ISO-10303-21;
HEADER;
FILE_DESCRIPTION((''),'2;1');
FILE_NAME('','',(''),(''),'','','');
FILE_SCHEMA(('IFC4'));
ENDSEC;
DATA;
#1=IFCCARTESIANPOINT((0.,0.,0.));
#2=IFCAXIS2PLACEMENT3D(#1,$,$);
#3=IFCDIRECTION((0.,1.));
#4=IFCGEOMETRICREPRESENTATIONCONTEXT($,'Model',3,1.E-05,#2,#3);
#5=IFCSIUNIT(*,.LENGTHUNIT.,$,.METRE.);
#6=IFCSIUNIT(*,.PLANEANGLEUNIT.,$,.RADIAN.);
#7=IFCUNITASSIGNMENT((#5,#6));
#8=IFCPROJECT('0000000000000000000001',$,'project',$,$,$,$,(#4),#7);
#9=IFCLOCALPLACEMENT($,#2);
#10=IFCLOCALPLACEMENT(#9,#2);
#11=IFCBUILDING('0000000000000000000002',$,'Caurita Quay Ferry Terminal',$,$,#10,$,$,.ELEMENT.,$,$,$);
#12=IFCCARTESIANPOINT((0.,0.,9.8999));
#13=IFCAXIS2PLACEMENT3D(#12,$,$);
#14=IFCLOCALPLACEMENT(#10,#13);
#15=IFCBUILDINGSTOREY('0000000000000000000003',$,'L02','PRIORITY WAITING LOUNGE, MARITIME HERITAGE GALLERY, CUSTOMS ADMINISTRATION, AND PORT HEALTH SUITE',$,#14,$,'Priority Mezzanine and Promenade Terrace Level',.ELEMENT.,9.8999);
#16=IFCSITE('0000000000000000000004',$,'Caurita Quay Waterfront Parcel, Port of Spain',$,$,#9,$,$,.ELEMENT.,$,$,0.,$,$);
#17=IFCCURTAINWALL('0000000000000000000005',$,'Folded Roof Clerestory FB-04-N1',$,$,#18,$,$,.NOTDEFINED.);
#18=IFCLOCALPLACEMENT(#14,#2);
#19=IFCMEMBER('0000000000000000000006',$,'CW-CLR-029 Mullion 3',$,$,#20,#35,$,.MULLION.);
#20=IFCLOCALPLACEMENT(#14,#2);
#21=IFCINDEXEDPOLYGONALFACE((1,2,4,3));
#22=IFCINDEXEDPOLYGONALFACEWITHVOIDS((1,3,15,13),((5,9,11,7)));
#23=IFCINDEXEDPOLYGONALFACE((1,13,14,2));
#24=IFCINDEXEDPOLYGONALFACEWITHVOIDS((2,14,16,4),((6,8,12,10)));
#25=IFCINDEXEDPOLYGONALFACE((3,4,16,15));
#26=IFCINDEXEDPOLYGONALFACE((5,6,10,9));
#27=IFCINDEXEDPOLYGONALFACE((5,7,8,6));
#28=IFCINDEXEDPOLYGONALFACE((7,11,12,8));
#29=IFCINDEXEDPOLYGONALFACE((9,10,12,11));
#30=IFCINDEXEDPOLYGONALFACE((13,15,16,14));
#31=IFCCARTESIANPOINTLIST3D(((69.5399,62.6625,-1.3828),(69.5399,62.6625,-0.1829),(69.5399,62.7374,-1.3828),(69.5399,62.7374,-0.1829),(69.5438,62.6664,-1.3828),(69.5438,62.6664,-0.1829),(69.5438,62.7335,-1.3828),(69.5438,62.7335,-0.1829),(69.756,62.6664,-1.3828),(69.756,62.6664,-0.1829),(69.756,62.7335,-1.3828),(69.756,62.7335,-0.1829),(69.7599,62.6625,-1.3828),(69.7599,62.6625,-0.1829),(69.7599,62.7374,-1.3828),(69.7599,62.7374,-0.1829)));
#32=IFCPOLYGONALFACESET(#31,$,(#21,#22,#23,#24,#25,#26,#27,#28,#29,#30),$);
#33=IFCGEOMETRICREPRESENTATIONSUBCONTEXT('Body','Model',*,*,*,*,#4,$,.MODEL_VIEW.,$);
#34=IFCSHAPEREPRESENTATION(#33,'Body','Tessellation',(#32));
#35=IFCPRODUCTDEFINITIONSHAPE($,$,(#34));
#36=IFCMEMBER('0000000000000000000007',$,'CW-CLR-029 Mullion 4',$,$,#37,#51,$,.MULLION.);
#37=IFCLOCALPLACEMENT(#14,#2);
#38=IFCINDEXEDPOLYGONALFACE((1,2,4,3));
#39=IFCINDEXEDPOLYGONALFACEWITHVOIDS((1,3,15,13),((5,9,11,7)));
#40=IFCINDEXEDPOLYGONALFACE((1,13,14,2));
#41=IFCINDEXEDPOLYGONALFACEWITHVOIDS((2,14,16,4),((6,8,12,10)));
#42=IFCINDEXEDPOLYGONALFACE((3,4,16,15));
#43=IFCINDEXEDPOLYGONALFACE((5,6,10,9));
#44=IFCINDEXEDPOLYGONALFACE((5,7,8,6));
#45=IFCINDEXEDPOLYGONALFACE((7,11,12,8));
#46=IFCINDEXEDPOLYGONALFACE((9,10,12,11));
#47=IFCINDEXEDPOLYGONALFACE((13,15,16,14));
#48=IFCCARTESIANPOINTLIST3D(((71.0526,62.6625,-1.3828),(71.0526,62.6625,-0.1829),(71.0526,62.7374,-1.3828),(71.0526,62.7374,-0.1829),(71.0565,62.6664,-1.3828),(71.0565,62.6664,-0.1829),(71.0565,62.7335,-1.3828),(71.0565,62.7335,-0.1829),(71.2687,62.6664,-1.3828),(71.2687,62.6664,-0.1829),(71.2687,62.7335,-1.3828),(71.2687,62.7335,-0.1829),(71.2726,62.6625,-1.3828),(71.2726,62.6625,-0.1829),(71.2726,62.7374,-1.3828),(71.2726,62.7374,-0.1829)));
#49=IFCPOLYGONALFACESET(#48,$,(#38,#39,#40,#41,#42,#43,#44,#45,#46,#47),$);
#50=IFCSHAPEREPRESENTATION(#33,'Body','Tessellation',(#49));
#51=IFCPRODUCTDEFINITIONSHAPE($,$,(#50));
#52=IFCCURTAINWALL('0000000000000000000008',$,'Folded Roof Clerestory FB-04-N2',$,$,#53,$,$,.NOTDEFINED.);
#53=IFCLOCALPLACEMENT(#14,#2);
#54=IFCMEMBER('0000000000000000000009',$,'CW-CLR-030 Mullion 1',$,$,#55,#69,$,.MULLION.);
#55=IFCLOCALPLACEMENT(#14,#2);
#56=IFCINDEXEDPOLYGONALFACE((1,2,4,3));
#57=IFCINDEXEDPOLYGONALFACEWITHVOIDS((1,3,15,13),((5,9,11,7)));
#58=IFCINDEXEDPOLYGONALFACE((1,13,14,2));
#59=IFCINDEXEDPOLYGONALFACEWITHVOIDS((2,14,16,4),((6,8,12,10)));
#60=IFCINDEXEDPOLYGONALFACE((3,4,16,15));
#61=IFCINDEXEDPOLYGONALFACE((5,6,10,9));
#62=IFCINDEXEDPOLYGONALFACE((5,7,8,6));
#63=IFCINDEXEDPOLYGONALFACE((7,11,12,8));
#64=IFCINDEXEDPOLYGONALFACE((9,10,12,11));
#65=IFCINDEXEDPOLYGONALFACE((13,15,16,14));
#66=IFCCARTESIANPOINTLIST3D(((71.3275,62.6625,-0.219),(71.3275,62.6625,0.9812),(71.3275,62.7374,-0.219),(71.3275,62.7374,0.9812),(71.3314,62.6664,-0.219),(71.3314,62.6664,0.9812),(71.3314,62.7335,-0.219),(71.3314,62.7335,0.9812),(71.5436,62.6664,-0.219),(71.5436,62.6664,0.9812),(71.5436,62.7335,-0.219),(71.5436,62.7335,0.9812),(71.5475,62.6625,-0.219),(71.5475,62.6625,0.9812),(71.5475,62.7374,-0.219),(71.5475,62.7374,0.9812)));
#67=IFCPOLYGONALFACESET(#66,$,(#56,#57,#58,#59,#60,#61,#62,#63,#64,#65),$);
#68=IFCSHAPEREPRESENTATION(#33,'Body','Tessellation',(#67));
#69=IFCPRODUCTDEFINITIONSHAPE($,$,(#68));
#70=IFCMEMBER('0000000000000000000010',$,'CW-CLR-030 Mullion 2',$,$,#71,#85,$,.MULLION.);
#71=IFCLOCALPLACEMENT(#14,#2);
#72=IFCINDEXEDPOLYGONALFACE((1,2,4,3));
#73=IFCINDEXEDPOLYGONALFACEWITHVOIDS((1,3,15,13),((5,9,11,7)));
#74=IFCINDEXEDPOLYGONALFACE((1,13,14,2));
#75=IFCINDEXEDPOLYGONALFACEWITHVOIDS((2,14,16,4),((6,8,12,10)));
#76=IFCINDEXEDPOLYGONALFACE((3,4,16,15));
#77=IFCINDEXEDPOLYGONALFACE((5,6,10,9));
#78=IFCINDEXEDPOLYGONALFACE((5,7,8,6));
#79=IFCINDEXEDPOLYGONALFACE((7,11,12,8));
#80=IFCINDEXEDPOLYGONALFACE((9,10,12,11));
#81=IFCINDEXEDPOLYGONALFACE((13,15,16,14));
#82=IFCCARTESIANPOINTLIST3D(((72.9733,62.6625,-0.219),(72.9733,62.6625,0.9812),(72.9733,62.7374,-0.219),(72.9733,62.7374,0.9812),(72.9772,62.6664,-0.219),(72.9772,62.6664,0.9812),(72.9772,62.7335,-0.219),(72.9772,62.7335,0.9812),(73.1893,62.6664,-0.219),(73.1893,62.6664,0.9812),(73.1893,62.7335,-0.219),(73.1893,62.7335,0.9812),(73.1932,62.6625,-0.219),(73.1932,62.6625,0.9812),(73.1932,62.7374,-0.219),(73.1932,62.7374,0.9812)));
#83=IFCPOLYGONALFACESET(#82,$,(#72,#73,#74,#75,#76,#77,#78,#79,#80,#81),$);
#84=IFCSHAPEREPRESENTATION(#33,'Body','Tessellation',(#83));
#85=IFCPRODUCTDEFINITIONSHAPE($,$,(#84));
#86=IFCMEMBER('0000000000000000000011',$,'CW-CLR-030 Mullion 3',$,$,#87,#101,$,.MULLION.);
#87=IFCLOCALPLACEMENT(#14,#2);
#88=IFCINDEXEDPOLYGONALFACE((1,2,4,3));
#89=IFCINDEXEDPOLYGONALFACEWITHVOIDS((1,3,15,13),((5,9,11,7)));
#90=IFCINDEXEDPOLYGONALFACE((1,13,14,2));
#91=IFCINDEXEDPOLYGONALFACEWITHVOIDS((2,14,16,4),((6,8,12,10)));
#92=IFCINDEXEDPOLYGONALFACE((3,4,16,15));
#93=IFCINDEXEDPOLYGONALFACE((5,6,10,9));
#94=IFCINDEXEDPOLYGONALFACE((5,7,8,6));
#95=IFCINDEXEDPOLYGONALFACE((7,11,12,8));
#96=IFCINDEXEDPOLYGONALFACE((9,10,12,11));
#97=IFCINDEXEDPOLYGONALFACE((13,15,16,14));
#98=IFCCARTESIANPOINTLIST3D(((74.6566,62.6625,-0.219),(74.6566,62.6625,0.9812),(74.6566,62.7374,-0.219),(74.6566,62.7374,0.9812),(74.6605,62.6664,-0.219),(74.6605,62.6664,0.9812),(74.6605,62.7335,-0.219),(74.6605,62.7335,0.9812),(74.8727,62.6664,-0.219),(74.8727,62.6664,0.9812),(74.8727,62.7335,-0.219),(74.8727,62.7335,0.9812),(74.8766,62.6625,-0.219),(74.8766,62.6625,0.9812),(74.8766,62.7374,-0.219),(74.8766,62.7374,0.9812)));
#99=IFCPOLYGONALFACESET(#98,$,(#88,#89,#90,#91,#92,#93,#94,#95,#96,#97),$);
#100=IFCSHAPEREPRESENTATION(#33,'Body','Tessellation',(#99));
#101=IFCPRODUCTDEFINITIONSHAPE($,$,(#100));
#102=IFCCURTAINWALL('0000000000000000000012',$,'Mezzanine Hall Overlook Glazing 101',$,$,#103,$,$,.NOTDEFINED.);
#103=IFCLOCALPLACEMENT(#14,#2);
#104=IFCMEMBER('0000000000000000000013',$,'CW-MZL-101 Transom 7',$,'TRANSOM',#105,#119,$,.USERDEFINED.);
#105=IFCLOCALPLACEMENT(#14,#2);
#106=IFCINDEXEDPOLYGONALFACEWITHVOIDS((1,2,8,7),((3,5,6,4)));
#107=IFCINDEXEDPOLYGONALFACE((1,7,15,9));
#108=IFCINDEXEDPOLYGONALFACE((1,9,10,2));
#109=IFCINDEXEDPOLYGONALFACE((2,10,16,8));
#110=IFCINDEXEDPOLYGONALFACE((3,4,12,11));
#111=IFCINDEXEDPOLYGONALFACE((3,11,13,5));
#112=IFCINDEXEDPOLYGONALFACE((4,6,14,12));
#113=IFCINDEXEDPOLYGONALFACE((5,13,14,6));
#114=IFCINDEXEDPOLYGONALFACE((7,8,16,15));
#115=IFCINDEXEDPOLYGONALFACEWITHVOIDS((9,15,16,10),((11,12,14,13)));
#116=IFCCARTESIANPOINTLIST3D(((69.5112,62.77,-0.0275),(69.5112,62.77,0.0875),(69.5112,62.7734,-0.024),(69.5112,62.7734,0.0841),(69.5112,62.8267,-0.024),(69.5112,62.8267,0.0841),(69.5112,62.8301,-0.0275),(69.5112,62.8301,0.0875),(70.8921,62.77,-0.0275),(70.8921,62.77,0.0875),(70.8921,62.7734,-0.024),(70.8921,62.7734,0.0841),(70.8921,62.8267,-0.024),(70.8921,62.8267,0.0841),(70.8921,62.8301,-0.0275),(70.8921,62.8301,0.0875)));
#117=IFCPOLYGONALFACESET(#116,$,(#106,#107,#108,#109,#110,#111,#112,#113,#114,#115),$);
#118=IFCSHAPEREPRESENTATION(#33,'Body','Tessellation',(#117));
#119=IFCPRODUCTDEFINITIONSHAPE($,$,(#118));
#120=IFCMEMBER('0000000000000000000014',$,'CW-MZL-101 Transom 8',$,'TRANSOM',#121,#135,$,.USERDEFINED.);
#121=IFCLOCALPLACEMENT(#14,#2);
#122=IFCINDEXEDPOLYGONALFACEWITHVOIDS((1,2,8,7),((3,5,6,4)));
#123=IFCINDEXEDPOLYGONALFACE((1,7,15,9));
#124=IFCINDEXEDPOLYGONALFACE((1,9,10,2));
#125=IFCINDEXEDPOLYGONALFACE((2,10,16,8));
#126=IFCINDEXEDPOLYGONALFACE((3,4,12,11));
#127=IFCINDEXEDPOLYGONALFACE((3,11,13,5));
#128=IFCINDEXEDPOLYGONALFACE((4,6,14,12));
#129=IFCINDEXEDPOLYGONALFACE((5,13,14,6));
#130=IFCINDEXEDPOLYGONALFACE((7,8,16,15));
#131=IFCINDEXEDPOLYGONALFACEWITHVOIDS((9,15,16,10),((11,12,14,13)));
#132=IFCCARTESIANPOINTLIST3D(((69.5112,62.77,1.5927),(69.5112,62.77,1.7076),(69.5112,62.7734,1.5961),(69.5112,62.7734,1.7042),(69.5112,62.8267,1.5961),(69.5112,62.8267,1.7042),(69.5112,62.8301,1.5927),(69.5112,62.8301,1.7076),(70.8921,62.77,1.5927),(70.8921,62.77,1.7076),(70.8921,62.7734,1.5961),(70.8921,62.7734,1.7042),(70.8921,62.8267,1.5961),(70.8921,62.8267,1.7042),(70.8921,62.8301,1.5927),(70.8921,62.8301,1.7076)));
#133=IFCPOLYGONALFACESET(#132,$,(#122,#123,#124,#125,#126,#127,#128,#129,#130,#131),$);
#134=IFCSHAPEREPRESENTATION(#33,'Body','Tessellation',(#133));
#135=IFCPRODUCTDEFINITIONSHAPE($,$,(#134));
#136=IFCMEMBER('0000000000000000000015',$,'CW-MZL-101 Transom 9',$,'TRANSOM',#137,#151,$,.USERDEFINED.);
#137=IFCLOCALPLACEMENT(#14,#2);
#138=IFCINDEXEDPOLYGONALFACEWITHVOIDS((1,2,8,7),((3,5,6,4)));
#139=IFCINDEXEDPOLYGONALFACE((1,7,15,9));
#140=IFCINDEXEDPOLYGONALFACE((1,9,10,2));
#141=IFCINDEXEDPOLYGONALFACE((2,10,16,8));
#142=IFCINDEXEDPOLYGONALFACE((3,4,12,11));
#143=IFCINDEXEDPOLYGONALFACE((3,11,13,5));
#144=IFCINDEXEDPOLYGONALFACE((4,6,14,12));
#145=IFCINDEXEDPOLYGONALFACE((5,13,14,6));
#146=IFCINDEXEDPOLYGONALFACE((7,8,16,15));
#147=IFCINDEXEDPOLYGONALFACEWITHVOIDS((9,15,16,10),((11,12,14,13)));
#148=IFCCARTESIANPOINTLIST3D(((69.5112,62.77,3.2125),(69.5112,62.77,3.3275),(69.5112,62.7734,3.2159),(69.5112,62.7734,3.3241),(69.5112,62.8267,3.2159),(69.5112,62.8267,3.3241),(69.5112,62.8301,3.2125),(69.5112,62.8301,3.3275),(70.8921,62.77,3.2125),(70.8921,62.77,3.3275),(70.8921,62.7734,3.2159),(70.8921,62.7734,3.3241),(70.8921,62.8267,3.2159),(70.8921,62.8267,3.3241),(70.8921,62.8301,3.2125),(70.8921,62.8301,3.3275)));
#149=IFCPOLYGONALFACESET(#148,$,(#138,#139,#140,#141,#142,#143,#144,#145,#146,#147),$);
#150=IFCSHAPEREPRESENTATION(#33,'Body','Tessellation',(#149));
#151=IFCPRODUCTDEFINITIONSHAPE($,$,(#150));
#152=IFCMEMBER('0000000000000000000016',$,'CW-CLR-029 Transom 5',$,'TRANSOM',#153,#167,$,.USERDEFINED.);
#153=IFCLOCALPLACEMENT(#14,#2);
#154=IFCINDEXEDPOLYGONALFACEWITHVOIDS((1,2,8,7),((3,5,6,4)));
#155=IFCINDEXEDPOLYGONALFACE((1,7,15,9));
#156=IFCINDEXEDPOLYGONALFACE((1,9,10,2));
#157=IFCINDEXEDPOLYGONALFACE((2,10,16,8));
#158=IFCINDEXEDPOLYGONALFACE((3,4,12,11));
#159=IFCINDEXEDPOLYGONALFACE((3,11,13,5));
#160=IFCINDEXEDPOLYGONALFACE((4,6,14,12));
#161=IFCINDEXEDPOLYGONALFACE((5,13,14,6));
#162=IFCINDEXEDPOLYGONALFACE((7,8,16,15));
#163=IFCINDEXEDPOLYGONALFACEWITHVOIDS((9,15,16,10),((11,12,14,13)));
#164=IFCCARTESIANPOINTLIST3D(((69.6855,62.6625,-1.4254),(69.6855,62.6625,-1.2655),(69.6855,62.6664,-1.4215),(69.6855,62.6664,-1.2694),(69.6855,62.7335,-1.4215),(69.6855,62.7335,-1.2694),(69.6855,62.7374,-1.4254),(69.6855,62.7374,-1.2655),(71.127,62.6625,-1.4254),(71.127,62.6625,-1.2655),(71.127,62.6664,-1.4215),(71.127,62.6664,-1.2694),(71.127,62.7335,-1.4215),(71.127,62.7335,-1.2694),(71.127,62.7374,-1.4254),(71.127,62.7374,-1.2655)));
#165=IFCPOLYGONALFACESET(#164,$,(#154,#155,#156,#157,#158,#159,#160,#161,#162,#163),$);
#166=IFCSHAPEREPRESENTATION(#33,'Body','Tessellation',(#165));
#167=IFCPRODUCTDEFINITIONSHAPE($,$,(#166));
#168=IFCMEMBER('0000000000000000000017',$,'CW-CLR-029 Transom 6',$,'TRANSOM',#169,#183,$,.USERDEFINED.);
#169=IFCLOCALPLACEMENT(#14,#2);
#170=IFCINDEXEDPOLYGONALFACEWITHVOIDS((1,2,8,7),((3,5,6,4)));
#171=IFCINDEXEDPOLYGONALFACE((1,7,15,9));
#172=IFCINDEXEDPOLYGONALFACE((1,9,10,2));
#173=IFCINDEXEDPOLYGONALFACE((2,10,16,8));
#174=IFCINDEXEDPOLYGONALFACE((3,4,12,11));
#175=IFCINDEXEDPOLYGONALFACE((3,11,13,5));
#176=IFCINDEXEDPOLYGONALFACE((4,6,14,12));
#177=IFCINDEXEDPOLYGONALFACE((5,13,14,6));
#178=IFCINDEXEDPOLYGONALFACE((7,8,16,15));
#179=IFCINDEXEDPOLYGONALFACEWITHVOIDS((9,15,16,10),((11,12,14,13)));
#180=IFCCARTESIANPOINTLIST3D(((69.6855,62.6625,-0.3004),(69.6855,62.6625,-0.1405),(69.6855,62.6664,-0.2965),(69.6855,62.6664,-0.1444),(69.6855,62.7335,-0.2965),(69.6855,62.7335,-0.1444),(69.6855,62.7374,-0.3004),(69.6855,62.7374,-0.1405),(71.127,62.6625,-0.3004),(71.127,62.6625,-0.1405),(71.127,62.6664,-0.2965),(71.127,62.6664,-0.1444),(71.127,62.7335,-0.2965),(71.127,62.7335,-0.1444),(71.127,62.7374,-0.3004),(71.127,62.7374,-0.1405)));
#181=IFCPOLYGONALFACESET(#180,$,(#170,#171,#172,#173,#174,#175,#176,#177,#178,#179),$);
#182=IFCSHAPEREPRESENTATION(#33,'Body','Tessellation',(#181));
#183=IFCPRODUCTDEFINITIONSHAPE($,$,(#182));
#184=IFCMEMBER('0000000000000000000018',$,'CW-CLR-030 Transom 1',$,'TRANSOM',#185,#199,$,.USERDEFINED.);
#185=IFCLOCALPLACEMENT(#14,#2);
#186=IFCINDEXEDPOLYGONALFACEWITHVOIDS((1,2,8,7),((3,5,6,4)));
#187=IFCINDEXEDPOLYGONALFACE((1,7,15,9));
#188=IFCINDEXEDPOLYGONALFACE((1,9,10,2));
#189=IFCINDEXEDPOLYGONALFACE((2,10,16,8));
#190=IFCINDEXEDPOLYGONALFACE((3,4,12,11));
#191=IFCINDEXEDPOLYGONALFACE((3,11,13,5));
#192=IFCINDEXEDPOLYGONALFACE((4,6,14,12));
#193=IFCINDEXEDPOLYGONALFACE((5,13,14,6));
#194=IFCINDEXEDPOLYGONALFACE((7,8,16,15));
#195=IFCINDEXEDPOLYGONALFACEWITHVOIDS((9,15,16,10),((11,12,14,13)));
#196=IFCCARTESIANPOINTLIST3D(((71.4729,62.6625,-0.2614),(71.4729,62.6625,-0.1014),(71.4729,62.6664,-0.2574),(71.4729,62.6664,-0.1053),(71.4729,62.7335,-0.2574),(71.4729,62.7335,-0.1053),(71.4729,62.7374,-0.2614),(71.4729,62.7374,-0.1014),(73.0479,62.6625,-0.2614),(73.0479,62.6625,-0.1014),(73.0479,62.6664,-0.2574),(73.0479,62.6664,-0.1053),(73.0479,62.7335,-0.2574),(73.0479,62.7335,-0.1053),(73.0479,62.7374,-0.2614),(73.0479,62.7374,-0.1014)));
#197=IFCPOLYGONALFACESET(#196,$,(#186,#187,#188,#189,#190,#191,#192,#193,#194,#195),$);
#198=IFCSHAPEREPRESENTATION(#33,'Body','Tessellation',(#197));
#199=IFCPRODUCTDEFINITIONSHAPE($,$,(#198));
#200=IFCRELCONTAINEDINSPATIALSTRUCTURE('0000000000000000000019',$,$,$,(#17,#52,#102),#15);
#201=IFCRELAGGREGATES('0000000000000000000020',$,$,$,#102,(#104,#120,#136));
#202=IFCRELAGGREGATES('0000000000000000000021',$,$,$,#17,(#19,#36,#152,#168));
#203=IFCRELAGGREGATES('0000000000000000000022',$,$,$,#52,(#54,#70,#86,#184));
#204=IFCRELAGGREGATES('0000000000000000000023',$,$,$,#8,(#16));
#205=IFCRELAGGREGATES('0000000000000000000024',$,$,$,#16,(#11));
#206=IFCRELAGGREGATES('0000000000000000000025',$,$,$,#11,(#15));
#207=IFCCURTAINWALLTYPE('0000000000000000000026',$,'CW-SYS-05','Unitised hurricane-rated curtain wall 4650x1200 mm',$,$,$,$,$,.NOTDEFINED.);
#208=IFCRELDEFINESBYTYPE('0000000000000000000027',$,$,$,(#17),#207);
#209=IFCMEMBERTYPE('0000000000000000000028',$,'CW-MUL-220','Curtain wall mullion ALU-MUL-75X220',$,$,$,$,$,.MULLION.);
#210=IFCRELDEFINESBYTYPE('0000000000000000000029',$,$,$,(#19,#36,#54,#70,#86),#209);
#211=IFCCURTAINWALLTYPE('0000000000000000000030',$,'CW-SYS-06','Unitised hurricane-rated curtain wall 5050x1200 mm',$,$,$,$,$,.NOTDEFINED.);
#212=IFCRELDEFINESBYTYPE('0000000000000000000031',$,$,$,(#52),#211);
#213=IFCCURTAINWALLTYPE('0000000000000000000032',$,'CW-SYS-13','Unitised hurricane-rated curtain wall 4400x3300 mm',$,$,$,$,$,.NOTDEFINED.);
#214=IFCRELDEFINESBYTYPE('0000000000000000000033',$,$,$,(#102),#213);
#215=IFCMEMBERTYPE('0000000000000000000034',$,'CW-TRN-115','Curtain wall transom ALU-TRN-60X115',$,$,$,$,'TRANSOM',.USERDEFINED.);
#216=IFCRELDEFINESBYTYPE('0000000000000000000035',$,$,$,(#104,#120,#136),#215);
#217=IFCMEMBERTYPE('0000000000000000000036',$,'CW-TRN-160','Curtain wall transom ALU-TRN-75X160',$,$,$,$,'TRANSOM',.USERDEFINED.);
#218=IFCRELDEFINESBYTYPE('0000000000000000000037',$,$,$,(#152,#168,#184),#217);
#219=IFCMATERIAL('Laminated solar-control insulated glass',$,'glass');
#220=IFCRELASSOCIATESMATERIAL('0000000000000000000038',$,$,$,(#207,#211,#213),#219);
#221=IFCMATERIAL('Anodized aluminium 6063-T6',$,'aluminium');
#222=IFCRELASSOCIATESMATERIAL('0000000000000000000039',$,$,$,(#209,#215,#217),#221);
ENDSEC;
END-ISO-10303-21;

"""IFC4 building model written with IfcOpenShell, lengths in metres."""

from ifc_helpers import new_model, si_unit, direction, frame, origin, origin_2d, place, context, subcontext, project, spatial, hollow_rectangle, extrude, material, material_profile, profile_set, type_object, element, aggregate, save


model = new_model("IFC4")

# Units and contexts
model_context = context("Model", 3, precision=1e-05, world=origin(), true_north=direction((0.0, 1.0)))
body_context = subcontext(model_context, "Body", "Model", "MODEL_VIEW")
ifc_project = project(units=[si_unit("LENGTHUNIT", "METRE"), si_unit("PLANEANGLEUNIT", "RADIAN")], contexts=[model_context])

# Site, building, storey
site_placement = place(None, origin())
site = spatial("IfcSite", under=ifc_project, at=site_placement, Name="Caurita Quay Waterfront Parcel, Port of Spain", CompositionType="ELEMENT", RefElevation=0.0)
building_placement = place(site_placement, origin())
building = spatial("IfcBuilding", under=site, at=building_placement, Name="Caurita Quay Ferry Terminal", CompositionType="ELEMENT")
storey_placement = place(building_placement, frame((0.0, 0.0, 9.8999)))
storey = spatial("IfcBuildingStorey", under=building, at=storey_placement, Name="L02", Description="PRIORITY WAITING LOUNGE, MARITIME HERITAGE GALLERY, CUSTOMS ADMINISTRATION, AND PORT HEALTH SUITE", LongName="Priority Mezzanine and Promenade Terrace Level", CompositionType="ELEMENT", Elevation=9.8999)

# Curtain walls, members
ifc_material_1 = material(Name="Laminated solar-control insulated glass", Category="glass")
curtain_wall_type_1 = type_object("IfcCurtainWallType", Name="CW-SYS-05", Description="Unitised hurricane-rated curtain wall 4650x1200 mm", PredefinedType="NOTDEFINED", material=ifc_material_1)
curtain_wall_1_placement = place(storey_placement, origin())
curtain_wall_1 = element("IfcCurtainWall", 1, at=curtain_wall_1_placement, inside=storey, type_object=curtain_wall_type_1, Name="Folded Roof Clerestory FB-04-N1", PredefinedType="NOTDEFINED")
ifc_material_2 = material(Name="Anodized aluminium 6063-T6", Category="aluminium")
ifc_material_profile_1 = material_profile(ifc_material_2, hollow_rectangle(XDim=0.075, YDim=0.22, WallThickness=0.0039, at=origin_2d()), Name="ALU-MUL-75X220")
ifc_profile_set_1 = profile_set([ifc_material_profile_1], Name="Anodized aluminium 6063-T6")
member_type_1 = type_object("IfcMemberType", Name="CW-MUL-220", Description="Curtain wall mullion ALU-MUL-75X220", PredefinedType="MULLION", material=ifc_profile_set_1)
member_1_placement = place(storey_placement, frame((69.6499, 62.7, -1.3828), z_axis=(0.0, 0.0, 1.0), x_axis=(0.0, 1.0, 0.0)))
member_1 = element("IfcMember", 2, at=member_1_placement, type_object=member_type_1, Name="CW-CLR-029 Mullion 3", PredefinedType="MULLION", context=body_context, shape_type="SweptSolid", body=[
    extrude(hollow_rectangle(XDim=0.075, YDim=0.22, WallThickness=0.0039, at=origin_2d()), origin(), (0.0, 0.0, 1.0), 1.2),
])
member_2_placement = place(storey_placement, frame((71.1626, 62.7, -1.3828), z_axis=(0.0, 0.0, 1.0), x_axis=(0.0, 1.0, 0.0)))
member_2 = element("IfcMember", 3, at=member_2_placement, type_object=member_type_1, Name="CW-CLR-029 Mullion 4", PredefinedType="MULLION", context=body_context, shape_type="SweptSolid", body=[
    extrude(hollow_rectangle(XDim=0.075, YDim=0.22, WallThickness=0.0039, at=origin_2d()), origin(), (0.0, 0.0, 1.0), 1.2),
])
curtain_wall_type_2 = type_object("IfcCurtainWallType", Name="CW-SYS-06", Description="Unitised hurricane-rated curtain wall 5050x1200 mm", PredefinedType="NOTDEFINED", material=ifc_material_1)
curtain_wall_2_placement = place(storey_placement, origin())
curtain_wall_2 = element("IfcCurtainWall", 4, at=curtain_wall_2_placement, inside=storey, type_object=curtain_wall_type_2, Name="Folded Roof Clerestory FB-04-N2", PredefinedType="NOTDEFINED")
member_3_placement = place(storey_placement, frame((71.4375, 62.7, -0.219), z_axis=(0.0, 0.0, 1.0), x_axis=(0.0, 1.0, 0.0)))
member_3 = element("IfcMember", 5, at=member_3_placement, type_object=member_type_1, Name="CW-CLR-030 Mullion 1", PredefinedType="MULLION", context=body_context, shape_type="SweptSolid", body=[
    extrude(hollow_rectangle(XDim=0.075, YDim=0.22, WallThickness=0.0039, at=origin_2d()), origin(), (0.0, 0.0, 1.0), 1.2002),
])
member_4_placement = place(storey_placement, frame((73.0833, 62.7, -0.219), z_axis=(0.0, 0.0, 1.0), x_axis=(0.0, 1.0, 0.0)))
member_4 = element("IfcMember", 6, at=member_4_placement, type_object=member_type_1, Name="CW-CLR-030 Mullion 2", PredefinedType="MULLION", context=body_context, shape_type="SweptSolid", body=[
    extrude(hollow_rectangle(XDim=0.075, YDim=0.22, WallThickness=0.0039, at=origin_2d()), origin(), (0.0, 0.0, 1.0), 1.2002),
])
member_5_placement = place(storey_placement, frame((74.7666, 62.7, -0.219), z_axis=(0.0, 0.0, 1.0), x_axis=(0.0, 1.0, 0.0)))
member_5 = element("IfcMember", 7, at=member_5_placement, type_object=member_type_1, Name="CW-CLR-030 Mullion 3", PredefinedType="MULLION", context=body_context, shape_type="SweptSolid", body=[
    extrude(hollow_rectangle(XDim=0.075, YDim=0.22, WallThickness=0.0039, at=origin_2d()), origin(), (0.0, 0.0, 1.0), 1.2002),
])
curtain_wall_type_3 = type_object("IfcCurtainWallType", Name="CW-SYS-13", Description="Unitised hurricane-rated curtain wall 4400x3300 mm", PredefinedType="NOTDEFINED", material=ifc_material_1)
curtain_wall_3_placement = place(storey_placement, origin())
curtain_wall_3 = element("IfcCurtainWall", 8, at=curtain_wall_3_placement, inside=storey, type_object=curtain_wall_type_3, Name="Mezzanine Hall Overlook Glazing 101", PredefinedType="NOTDEFINED")
ifc_material_profile_2 = material_profile(ifc_material_2, hollow_rectangle(XDim=0.0601, YDim=0.115, WallThickness=0.0034, at=origin_2d()), Name="ALU-TRN-60X115")
ifc_profile_set_2 = profile_set([ifc_material_profile_2], Name="Anodized aluminium 6063-T6")
member_type_2 = type_object("IfcMemberType", Name="CW-TRN-115", Description="Curtain wall transom ALU-TRN-60X115", ElementType="TRANSOM", PredefinedType="USERDEFINED", material=ifc_profile_set_2)
member_6_placement = place(storey_placement, frame((69.5112, 62.8, 0.03), z_axis=(1.0, 0.0, 0.0), x_axis=(0.0, 1.0, 0.0)))
member_6 = element("IfcMember", 9, at=member_6_placement, type_object=member_type_2, Name="CW-MZL-101 Transom 7", ObjectType="TRANSOM", PredefinedType="USERDEFINED", context=body_context, shape_type="SweptSolid", body=[
    extrude(hollow_rectangle(XDim=0.0601, YDim=0.115, WallThickness=0.0034, at=origin_2d()), origin(), (0.0, 0.0, 1.0), 1.3809),
])
member_7_placement = place(storey_placement, frame((69.5112, 62.8, 1.6501), z_axis=(1.0, 0.0, 0.0), x_axis=(0.0, 1.0, 0.0)))
member_7 = element("IfcMember", 10, at=member_7_placement, type_object=member_type_2, Name="CW-MZL-101 Transom 8", ObjectType="TRANSOM", PredefinedType="USERDEFINED", context=body_context, shape_type="SweptSolid", body=[
    extrude(hollow_rectangle(XDim=0.0601, YDim=0.115, WallThickness=0.0034, at=origin_2d()), origin(), (0.0, 0.0, 1.0), 1.3809),
])
member_8_placement = place(storey_placement, frame((69.5112, 62.8, 3.27), z_axis=(1.0, 0.0, 0.0), x_axis=(0.0, 1.0, 0.0)))
member_8 = element("IfcMember", 11, at=member_8_placement, type_object=member_type_2, Name="CW-MZL-101 Transom 9", ObjectType="TRANSOM", PredefinedType="USERDEFINED", context=body_context, shape_type="SweptSolid", body=[
    extrude(hollow_rectangle(XDim=0.0601, YDim=0.115, WallThickness=0.0034, at=origin_2d()), origin(), (0.0, 0.0, 1.0), 1.3809),
])

# Members
ifc_material_profile_3 = material_profile(ifc_material_2, hollow_rectangle(XDim=0.075, YDim=0.1599, WallThickness=0.0039, at=origin_2d()), Name="ALU-TRN-75X160")
ifc_profile_set_3 = profile_set([ifc_material_profile_3], Name="Anodized aluminium 6063-T6")
member_type_3 = type_object("IfcMemberType", Name="CW-TRN-160", Description="Curtain wall transom ALU-TRN-75X160", ElementType="TRANSOM", PredefinedType="USERDEFINED", material=ifc_profile_set_3)
member_9_placement = place(storey_placement, frame((69.6855, 62.7, -1.3455), z_axis=(1.0, 0.0, 0.0), x_axis=(0.0, 1.0, 0.0)))
member_9 = element("IfcMember", 12, at=member_9_placement, type_object=member_type_3, Name="CW-CLR-029 Transom 5", ObjectType="TRANSOM", PredefinedType="USERDEFINED", context=body_context, shape_type="SweptSolid", body=[
    extrude(hollow_rectangle(XDim=0.075, YDim=0.1599, WallThickness=0.0039, at=origin_2d()), origin(), (0.0, 0.0, 1.0), 1.4414),
])
member_10_placement = place(storey_placement, frame((69.6855, 62.7, -0.2205), z_axis=(1.0, 0.0, 0.0), x_axis=(0.0, 1.0, 0.0)))
member_10 = element("IfcMember", 13, at=member_10_placement, type_object=member_type_3, Name="CW-CLR-029 Transom 6", ObjectType="TRANSOM", PredefinedType="USERDEFINED", context=body_context, shape_type="SweptSolid", body=[
    extrude(hollow_rectangle(XDim=0.075, YDim=0.1599, WallThickness=0.0039, at=origin_2d()), origin(), (0.0, 0.0, 1.0), 1.4414),
])
member_11_placement = place(storey_placement, frame((71.4729, 62.7, -0.1814), z_axis=(1.0, 0.0, 0.0), x_axis=(0.0, 1.0, 0.0)))
member_11 = element("IfcMember", 14, at=member_11_placement, type_object=member_type_3, Name="CW-CLR-030 Transom 1", ObjectType="TRANSOM", PredefinedType="USERDEFINED", context=body_context, shape_type="SweptSolid", body=[
    extrude(hollow_rectangle(XDim=0.075, YDim=0.1599, WallThickness=0.0039, at=origin_2d()), origin(), (0.0, 0.0, 1.0), 1.575),
])

aggregate(curtain_wall_3, [member_6, member_7, member_8])
aggregate(curtain_wall_1, [member_1, member_2, member_9, member_10])
aggregate(curtain_wall_2, [member_3, member_4, member_5, member_11])

save(model, "model.ifc")
